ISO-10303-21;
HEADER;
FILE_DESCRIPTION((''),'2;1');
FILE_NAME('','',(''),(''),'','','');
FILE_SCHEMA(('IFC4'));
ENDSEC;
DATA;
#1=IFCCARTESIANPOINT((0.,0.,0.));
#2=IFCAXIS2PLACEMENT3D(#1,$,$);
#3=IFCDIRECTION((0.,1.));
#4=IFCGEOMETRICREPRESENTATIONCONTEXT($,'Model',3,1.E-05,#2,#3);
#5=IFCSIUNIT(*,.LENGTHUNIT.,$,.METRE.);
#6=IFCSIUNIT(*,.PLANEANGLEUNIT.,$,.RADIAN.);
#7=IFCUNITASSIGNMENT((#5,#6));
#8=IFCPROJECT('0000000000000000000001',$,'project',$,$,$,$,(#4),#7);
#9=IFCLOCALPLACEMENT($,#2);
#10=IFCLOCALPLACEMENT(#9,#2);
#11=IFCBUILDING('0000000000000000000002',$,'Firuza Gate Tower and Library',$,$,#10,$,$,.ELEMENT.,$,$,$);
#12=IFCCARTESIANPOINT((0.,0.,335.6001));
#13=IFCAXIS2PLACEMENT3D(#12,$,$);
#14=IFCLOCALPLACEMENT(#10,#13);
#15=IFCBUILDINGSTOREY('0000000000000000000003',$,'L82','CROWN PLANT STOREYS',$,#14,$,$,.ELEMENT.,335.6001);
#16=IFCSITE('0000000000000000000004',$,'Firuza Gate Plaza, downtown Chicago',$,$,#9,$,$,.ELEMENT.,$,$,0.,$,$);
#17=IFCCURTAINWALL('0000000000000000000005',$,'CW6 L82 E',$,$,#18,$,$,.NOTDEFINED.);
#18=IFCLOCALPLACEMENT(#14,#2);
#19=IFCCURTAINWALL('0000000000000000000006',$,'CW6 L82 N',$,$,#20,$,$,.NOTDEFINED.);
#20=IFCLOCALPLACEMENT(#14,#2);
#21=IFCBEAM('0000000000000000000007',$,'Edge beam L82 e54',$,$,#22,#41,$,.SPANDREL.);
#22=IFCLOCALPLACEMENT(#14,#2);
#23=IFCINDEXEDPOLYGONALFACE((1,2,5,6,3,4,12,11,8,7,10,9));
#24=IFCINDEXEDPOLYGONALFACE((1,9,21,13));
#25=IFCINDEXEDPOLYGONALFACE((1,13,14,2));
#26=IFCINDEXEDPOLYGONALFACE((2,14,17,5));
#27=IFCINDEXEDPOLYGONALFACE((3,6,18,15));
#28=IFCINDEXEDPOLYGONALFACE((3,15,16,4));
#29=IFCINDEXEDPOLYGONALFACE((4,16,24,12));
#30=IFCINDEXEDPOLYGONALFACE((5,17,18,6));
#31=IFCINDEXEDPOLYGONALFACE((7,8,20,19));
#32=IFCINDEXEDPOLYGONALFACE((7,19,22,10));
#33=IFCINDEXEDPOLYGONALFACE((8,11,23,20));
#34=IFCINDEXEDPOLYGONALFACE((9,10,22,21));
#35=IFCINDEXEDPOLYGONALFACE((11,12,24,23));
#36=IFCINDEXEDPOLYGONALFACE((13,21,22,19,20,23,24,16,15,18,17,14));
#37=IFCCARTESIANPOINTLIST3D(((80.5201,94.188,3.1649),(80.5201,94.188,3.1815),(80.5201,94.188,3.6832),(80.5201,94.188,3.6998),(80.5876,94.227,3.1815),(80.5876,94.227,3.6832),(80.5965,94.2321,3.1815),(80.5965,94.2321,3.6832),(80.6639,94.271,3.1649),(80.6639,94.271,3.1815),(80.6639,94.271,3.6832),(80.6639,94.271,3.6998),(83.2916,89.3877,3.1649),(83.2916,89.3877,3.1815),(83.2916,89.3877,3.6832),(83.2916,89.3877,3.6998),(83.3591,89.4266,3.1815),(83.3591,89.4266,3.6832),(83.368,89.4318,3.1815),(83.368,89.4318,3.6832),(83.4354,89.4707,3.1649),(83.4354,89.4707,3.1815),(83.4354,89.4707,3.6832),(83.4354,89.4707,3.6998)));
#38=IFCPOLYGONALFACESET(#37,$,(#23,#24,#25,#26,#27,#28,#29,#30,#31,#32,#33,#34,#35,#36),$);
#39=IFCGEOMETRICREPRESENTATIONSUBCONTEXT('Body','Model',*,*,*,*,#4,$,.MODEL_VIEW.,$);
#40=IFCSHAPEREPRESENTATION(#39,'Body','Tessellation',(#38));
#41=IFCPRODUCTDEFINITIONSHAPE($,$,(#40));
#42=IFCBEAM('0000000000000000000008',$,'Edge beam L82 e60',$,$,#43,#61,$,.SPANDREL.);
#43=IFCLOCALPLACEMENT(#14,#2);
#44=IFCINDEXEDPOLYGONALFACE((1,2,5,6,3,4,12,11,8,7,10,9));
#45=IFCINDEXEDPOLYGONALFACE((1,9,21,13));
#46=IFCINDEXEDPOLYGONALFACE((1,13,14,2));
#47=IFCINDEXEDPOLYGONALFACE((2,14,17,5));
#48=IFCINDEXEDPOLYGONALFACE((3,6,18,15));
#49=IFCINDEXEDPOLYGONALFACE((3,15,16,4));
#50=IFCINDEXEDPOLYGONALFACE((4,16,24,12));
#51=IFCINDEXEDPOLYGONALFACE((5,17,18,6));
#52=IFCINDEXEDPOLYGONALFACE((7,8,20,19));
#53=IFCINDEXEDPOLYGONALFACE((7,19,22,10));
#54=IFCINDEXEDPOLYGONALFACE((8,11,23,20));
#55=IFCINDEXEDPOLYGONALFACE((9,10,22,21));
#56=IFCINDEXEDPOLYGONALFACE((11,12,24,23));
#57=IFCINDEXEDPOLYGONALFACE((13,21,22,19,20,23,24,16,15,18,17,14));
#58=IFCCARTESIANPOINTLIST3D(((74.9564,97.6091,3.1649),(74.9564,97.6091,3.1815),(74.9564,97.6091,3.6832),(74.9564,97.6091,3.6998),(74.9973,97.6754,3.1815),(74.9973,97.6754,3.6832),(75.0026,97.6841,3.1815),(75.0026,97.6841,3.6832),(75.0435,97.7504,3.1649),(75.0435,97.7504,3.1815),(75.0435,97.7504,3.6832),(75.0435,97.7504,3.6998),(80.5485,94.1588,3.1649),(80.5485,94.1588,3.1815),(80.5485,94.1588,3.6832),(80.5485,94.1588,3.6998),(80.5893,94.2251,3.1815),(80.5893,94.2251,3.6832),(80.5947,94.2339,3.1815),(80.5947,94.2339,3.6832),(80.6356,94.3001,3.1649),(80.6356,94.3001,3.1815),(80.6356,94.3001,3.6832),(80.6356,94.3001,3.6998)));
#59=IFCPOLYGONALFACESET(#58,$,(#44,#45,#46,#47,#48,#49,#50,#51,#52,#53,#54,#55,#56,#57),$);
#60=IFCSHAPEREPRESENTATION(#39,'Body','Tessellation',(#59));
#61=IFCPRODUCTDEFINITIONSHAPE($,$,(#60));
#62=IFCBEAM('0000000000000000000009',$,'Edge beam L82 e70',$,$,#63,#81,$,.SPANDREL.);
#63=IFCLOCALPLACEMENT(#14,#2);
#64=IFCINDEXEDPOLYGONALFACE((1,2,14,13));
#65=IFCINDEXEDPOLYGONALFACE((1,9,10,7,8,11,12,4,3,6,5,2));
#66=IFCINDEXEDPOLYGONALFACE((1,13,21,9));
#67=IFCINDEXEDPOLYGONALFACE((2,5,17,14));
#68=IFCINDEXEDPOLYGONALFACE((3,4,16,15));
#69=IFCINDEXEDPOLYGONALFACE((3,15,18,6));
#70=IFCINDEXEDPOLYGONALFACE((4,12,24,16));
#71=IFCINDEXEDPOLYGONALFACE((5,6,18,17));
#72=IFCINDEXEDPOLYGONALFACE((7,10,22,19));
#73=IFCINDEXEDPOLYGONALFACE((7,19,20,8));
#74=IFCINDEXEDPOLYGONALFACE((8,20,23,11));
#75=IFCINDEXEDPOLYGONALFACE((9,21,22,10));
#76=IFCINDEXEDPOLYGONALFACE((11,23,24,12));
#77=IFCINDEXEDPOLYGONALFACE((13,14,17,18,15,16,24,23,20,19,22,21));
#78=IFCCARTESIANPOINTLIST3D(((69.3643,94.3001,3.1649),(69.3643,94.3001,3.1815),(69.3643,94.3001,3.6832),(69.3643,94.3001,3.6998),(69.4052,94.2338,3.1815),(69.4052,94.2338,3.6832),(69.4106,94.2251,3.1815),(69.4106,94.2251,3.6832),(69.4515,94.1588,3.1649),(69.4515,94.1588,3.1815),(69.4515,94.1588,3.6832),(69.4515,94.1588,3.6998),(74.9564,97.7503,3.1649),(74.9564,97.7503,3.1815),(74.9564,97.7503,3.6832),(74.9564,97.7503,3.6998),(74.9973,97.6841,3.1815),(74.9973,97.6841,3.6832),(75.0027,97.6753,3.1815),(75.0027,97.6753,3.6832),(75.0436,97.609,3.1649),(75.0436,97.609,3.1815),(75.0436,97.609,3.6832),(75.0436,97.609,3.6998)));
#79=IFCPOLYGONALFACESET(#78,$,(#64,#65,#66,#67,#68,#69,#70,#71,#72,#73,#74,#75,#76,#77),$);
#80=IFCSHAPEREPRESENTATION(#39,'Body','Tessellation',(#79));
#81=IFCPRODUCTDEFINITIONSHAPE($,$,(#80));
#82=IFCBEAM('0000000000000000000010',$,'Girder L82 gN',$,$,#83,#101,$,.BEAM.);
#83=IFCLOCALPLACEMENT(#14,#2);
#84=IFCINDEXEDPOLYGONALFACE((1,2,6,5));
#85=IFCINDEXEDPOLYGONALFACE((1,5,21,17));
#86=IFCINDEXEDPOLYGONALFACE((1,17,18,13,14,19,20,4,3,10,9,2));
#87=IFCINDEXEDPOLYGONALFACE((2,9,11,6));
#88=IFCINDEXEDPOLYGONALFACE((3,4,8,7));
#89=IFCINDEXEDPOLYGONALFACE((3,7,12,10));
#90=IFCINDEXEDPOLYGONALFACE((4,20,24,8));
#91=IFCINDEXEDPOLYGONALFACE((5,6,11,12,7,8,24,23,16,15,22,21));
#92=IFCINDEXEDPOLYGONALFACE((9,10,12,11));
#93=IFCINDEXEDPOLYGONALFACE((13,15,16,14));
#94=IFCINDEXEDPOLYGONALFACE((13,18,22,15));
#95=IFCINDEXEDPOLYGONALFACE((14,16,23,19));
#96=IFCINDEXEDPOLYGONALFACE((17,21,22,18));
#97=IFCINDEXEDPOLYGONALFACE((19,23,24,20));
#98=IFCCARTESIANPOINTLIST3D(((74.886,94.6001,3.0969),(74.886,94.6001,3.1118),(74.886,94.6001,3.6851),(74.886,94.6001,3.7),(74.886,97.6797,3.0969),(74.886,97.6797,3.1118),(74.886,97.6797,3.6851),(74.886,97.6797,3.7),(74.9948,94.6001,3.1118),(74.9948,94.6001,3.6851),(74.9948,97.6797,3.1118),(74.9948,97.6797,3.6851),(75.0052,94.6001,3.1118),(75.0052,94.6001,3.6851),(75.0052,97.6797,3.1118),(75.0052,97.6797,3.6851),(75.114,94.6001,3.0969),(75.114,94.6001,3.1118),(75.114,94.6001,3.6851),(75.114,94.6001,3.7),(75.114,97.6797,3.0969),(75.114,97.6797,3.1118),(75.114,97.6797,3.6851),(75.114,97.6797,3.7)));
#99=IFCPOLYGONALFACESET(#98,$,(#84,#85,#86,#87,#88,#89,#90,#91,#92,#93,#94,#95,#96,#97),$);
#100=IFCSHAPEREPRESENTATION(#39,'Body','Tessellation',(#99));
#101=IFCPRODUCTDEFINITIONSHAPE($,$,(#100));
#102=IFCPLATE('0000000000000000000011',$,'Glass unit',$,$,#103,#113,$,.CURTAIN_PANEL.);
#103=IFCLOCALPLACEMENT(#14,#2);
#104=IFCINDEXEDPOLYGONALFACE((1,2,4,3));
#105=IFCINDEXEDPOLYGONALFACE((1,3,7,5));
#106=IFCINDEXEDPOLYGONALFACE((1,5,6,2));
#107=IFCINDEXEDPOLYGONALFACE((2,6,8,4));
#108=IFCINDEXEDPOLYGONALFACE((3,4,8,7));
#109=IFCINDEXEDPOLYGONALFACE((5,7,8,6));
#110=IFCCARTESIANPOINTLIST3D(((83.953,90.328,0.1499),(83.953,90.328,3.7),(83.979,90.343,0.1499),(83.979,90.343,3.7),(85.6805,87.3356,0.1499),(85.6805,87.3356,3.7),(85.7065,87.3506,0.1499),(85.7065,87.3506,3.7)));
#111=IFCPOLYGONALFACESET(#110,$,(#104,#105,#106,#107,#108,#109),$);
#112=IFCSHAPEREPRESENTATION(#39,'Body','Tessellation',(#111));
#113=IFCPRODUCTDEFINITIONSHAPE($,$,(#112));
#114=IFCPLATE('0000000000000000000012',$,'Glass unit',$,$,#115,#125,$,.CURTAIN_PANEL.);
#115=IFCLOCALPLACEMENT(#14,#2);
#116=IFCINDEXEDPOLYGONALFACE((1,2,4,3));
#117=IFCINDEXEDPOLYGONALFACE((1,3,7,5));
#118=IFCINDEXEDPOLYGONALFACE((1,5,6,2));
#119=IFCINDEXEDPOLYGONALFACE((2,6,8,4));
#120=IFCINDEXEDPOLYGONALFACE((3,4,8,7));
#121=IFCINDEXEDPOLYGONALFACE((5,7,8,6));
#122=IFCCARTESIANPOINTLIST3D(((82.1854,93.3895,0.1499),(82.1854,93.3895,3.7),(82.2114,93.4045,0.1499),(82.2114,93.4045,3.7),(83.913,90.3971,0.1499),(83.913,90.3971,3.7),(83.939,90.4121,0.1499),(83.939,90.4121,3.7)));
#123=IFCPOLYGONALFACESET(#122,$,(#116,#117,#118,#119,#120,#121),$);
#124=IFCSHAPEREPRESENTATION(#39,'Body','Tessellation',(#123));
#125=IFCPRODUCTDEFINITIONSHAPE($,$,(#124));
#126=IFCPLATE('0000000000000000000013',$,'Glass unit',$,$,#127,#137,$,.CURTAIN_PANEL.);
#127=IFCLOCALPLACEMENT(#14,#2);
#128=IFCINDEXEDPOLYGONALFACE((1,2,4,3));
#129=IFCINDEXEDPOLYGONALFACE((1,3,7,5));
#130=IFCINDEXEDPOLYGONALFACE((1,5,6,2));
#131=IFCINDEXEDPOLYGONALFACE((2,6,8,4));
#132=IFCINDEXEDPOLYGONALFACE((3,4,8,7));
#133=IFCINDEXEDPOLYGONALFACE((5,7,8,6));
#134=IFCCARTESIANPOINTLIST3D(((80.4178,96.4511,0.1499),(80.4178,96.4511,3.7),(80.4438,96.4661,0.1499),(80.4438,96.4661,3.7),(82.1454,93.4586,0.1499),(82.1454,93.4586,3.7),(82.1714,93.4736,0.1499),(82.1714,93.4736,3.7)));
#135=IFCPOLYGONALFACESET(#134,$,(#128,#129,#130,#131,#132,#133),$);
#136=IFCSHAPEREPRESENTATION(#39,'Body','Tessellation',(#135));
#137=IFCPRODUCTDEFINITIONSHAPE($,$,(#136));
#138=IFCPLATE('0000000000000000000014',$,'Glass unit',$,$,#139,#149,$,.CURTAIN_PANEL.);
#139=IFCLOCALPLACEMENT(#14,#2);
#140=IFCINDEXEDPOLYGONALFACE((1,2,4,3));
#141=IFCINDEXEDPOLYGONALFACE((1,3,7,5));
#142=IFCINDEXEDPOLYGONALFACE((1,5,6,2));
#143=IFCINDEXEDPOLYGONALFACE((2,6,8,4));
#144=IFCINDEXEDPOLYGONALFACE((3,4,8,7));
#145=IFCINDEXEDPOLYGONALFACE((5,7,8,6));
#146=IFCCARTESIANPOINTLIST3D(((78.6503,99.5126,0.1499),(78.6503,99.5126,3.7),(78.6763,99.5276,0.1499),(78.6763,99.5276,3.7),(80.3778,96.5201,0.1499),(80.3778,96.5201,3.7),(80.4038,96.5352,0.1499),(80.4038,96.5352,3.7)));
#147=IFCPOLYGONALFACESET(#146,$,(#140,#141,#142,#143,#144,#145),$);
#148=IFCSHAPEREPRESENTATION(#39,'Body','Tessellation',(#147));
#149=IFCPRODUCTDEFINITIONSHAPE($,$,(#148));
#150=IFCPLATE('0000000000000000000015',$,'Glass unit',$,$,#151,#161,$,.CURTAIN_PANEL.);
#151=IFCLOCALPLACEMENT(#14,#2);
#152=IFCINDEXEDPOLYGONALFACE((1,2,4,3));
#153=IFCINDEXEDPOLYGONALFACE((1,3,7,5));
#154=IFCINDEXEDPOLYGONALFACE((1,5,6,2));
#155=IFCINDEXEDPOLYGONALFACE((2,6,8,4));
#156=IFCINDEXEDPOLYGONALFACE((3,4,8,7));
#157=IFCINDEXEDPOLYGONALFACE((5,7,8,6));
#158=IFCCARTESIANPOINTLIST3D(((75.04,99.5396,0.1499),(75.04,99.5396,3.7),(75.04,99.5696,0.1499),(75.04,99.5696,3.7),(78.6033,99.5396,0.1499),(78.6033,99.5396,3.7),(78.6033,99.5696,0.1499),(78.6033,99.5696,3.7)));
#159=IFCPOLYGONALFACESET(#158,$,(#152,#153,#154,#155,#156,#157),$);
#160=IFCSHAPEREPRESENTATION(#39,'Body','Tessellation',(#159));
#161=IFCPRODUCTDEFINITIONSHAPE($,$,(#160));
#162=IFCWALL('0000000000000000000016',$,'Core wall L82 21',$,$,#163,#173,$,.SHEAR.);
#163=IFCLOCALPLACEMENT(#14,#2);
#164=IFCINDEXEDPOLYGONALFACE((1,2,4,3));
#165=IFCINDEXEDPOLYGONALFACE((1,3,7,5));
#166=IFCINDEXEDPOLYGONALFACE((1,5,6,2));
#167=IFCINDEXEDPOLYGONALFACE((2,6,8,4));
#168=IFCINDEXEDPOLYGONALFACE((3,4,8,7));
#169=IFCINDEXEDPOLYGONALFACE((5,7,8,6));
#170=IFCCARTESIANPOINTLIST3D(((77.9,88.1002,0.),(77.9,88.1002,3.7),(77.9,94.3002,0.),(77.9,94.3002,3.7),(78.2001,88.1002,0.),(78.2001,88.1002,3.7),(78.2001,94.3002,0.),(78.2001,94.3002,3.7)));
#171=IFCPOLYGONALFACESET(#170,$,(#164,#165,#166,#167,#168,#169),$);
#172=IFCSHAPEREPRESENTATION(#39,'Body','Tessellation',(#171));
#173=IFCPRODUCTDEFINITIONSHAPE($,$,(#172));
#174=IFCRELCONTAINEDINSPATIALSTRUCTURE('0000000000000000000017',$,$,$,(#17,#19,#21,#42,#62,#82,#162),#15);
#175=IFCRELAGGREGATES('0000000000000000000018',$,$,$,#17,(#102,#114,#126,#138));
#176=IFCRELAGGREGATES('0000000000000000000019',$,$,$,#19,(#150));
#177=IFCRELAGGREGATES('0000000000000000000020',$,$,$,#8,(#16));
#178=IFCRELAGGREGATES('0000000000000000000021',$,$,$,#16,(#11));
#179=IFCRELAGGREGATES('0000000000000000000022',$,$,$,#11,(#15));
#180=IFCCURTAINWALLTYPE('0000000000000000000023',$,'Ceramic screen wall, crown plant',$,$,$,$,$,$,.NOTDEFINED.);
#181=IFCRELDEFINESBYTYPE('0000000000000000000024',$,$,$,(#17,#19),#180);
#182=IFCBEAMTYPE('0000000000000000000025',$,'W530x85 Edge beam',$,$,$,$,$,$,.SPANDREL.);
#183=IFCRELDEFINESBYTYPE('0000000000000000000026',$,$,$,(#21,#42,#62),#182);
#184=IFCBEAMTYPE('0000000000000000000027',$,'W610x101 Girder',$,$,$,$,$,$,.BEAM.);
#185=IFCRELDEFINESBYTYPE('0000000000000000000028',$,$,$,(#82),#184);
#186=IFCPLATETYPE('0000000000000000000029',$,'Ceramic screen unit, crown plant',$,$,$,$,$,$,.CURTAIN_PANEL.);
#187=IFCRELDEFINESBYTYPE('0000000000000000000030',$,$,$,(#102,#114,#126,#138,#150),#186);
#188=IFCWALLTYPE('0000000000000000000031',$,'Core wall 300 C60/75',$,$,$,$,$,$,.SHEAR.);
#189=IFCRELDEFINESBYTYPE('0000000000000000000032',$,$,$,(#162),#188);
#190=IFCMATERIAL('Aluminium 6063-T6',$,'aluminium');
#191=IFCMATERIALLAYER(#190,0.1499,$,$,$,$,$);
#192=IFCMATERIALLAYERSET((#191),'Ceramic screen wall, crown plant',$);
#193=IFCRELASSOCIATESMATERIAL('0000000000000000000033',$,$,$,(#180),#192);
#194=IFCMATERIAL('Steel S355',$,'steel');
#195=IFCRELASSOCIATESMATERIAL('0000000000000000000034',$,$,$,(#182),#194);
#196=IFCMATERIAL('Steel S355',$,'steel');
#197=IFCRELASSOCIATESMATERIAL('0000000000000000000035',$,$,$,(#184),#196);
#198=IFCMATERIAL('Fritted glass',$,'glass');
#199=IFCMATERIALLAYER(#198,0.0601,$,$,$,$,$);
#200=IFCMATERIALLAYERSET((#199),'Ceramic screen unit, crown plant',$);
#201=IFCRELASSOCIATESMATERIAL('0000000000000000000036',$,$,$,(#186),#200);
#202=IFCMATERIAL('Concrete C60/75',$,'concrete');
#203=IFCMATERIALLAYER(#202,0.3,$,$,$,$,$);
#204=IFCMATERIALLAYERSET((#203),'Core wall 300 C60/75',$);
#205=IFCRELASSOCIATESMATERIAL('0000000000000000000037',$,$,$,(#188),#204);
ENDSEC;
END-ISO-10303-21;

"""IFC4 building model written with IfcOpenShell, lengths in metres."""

from ifc_helpers import new_model, si_unit, direction, frame, frame_2d, origin, origin_2d, place, context, subcontext, project, spatial, polyline, rectangle, i_section, outline, extrude, material, layer, layer_set, material_profile, profile_set, type_object, element, aggregate, save


model = new_model("IFC4")

# Units and contexts
model_context = context("Model", 3, precision=1e-05, world=origin(), true_north=direction((0.0, 1.0)))
body_context = subcontext(model_context, "Body", "Model", "MODEL_VIEW")
ifc_project = project(units=[si_unit("LENGTHUNIT", "METRE"), si_unit("PLANEANGLEUNIT", "RADIAN")], contexts=[model_context])

# Site, building, storey
site_placement = place(None, origin())
site = spatial("IfcSite", under=ifc_project, at=site_placement, Name="Firuza Gate Plaza, downtown Chicago", CompositionType="ELEMENT", RefElevation=0.0)
building_placement = place(site_placement, origin())
building = spatial("IfcBuilding", under=site, at=building_placement, Name="Firuza Gate Tower and Library", CompositionType="ELEMENT")
storey_placement = place(building_placement, frame((0.0, 0.0, 335.6001)))
storey = spatial("IfcBuildingStorey", under=building, at=storey_placement, Name="L82", Description="CROWN PLANT STOREYS", CompositionType="ELEMENT", Elevation=335.6001)

# Curtain walls
ifc_material_1 = material(Name="Aluminium 6063-T6", Category="aluminium")
ifc_layer_1 = layer(ifc_material_1, 0.1499)
ifc_layer_set_1 = layer_set([ifc_layer_1], Name="Ceramic screen wall, crown plant")
curtain_wall_type = type_object("IfcCurtainWallType", Name="Ceramic screen wall, crown plant", PredefinedType="NOTDEFINED", material=ifc_layer_set_1)
placement = place(storey_placement, origin())
curtain_wall_1 = element("IfcCurtainWall", 1, at=placement, inside=storey, type_object=curtain_wall_type, Name="CW6 L82 E", PredefinedType="NOTDEFINED")
curtain_wall_2 = element("IfcCurtainWall", 2, at=placement, inside=storey, type_object=curtain_wall_type, Name="CW6 L82 N", PredefinedType="NOTDEFINED")

# Beams
ifc_material_2 = material(Name="Steel S355", Category="steel")
ifc_material_profile_1 = material_profile(ifc_material_2, i_section(OverallWidth=0.166, OverallDepth=0.5349, WebThickness=0.0103, FlangeThickness=0.0166, at=origin_2d()))
ifc_profile_set_1 = profile_set([ifc_material_profile_1], Name="Steel S355")
beam_type_1 = type_object("IfcBeamType", Name="W530x85 Edge beam", PredefinedType="SPANDREL", material=ifc_profile_set_1)
beam_1_placement = place(storey_placement, frame((83.3635, 89.4292, 3.4324), z_axis=(-0.500005, 0.866023, 0.0), x_axis=(-0.866023, -0.500005, 0.0)))
element("IfcBeam", 3, at=beam_1_placement, inside=storey, type_object=beam_type_1, Name="Edge beam L82 e54", PredefinedType="SPANDREL", context=body_context, shape_type="SweptSolid", body=[
    extrude(i_section(OverallWidth=0.166, OverallDepth=0.5349, WebThickness=0.0103, FlangeThickness=0.0166, at=origin_2d()), origin(), (0.0, 0.0, 1.0), 5.543),
])
for number, where, z_axis, x_axis, name in (
    (4, (80.592, 94.2295, 3.4324), (-0.85105, 0.525084, 0.0), (-0.525084, -0.85105, 0.0), "Edge beam L82 e60"),
    (5, (75.0, 97.6797, 3.4324), (-0.85105, -0.525084, 0.0), (0.525084, -0.85105, 0.0), "Edge beam L82 e70"),
):
    element("IfcBeam", number, at=place(storey_placement, frame(where, z_axis=z_axis, x_axis=x_axis)), inside=storey, type_object=beam_type_1, Name=name, PredefinedType="SPANDREL", context=body_context, shape_type="SweptSolid", body=[
        extrude(i_section(OverallWidth=0.166, OverallDepth=0.5349, WebThickness=0.0103, FlangeThickness=0.0166, at=origin_2d()), origin(), (0.0, 0.0, 1.0), 6.5708),
    ])
ifc_material_3 = material(Name="Steel S355", Category="steel")
ifc_material_profile_2 = material_profile(ifc_material_3, i_section(OverallWidth=0.228, OverallDepth=0.603, WebThickness=0.0105, FlangeThickness=0.0149, at=origin_2d()))
ifc_profile_set_2 = profile_set([ifc_material_profile_2], Name="Steel S355")
beam_type_2 = type_object("IfcBeamType", Name="W610x101 Girder", PredefinedType="BEAM", material=ifc_profile_set_2)
beam_2_placement = place(storey_placement, frame((75.0, 97.6797, 3.3984), z_axis=(0.0, -1.0, 0.0), x_axis=(1.0, 0.0, 0.0)))
element("IfcBeam", 6, at=beam_2_placement, inside=storey, type_object=beam_type_2, Name="Girder L82 gN", PredefinedType="BEAM", context=body_context, shape_type="SweptSolid", body=[
    extrude(i_section(OverallWidth=0.228, OverallDepth=0.603, WebThickness=0.0105, FlangeThickness=0.0149, at=origin_2d()), origin(), (0.0, 0.0, 1.0), 3.0796),
])

# Plates
ifc_material_4 = material(Name="Fritted glass", Category="glass")
ifc_layer_2 = layer(ifc_material_4, 0.0601)
ifc_layer_set_2 = layer_set([ifc_layer_2], Name="Ceramic screen unit, crown plant")
plate_type = type_object("IfcPlateType", Name="Ceramic screen unit, crown plant", PredefinedType="CURTAIN_PANEL", material=ifc_layer_set_2)
plate_1_placement = place(storey_placement, frame((85.7065, 87.3506, 0.1499), z_axis=(0.866043, 0.499969, 0.0), x_axis=(-0.499969, 0.866043, 0.0)))
plate_1 = element("IfcPlate", 7, at=plate_1_placement, type_object=plate_type, Name="Glass unit", PredefinedType="CURTAIN_PANEL", context=body_context, shape_type="SweptSolid", body=[
    extrude(outline(polyline([(0.0, 0.0), (3.4553, 0.0), (3.4553, 3.55), (0.0, 3.55), (0.0, 0.0)])), origin(), (0.0, 0.0, -1.0), 0.03),
])
plate_2_placement = place(storey_placement, frame((83.939, 90.4121, 0.1499), z_axis=(0.866043, 0.499969, 0.0), x_axis=(-0.499969, 0.866043, 0.0)))
plate_2 = element("IfcPlate", 8, at=plate_2_placement, type_object=plate_type, Name="Glass unit", PredefinedType="CURTAIN_PANEL", context=body_context, shape_type="SweptSolid", body=[
    extrude(outline(polyline([(0.0, 0.0), (3.4553, 0.0), (3.4553, 3.55), (0.0, 3.55), (0.0, 0.0)])), origin(), (0.0, 0.0, -1.0), 0.03),
])
plate_3_placement = place(storey_placement, frame((82.1714, 93.4736, 0.1499), z_axis=(0.866043, 0.499969, 0.0), x_axis=(-0.499969, 0.866043, 0.0)))
plate_3 = element("IfcPlate", 9, at=plate_3_placement, type_object=plate_type, Name="Glass unit", PredefinedType="CURTAIN_PANEL", context=body_context, shape_type="SweptSolid", body=[
    extrude(outline(polyline([(0.0, 0.0), (3.4553, 0.0), (3.4553, 3.55), (0.0, 3.55), (0.0, 0.0)])), origin(), (0.0, 0.0, -1.0), 0.03),
])
plate_4_placement = place(storey_placement, frame((80.4038, 96.5352, 0.1499), z_axis=(0.866043, 0.499969, 0.0), x_axis=(-0.499969, 0.866043, 0.0)))
plate_4 = element("IfcPlate", 10, at=plate_4_placement, type_object=plate_type, Name="Glass unit", PredefinedType="CURTAIN_PANEL", context=body_context, shape_type="SweptSolid", body=[
    extrude(outline(polyline([(0.0, 0.0), (3.4553, 0.0), (3.4553, 3.55), (0.0, 3.55), (0.0, 0.0)])), origin(), (0.0, 0.0, -1.0), 0.03),
])
aggregate(curtain_wall_1, [plate_1, plate_2, plate_3, plate_4])
plate_5_placement = place(storey_placement, frame((78.6033, 99.5696, 0.1499), z_axis=(0.0, 1.0, 0.0), x_axis=(-1.0, 0.0, 0.0)))
plate_5 = element("IfcPlate", 11, at=plate_5_placement, type_object=plate_type, Name="Glass unit", PredefinedType="CURTAIN_PANEL", context=body_context, shape_type="SweptSolid", body=[
    extrude(outline(polyline([(0.0, 0.0), (3.5632, 0.0), (3.5632, 3.55), (0.0, 3.55), (0.0, 0.0)])), origin(), (0.0, 0.0, -1.0), 0.03),
])
aggregate(curtain_wall_2, [plate_5])

# Wall
ifc_material_5 = material(Name="Concrete C60/75", Category="concrete")
ifc_layer_3 = layer(ifc_material_5, 0.3)
ifc_layer_set_3 = layer_set([ifc_layer_3], Name="Core wall 300 C60/75")
wall_type_1 = type_object("IfcWallType", Name="Core wall 300 C60/75", PredefinedType="SHEAR", material=ifc_layer_set_3)
wall_1_placement = place(storey_placement, frame((78.05, 88.1001, 0.0), z_axis=(0.0, 0.0, 1.0), x_axis=(0.0, 1.0, 0.0)))
element("IfcWall", 12, at=wall_1_placement, inside=storey, type_object=wall_type_1, Name="Core wall L82 21", PredefinedType="SHEAR", context=body_context, shape_type="SweptSolid", body=[
    extrude(rectangle(XDim=6.2, YDim=0.3, at=frame_2d((3.1001, 0.0))), origin(), (0.0, 0.0, 1.0), 3.7),
])

save(model, "model.ifc")
